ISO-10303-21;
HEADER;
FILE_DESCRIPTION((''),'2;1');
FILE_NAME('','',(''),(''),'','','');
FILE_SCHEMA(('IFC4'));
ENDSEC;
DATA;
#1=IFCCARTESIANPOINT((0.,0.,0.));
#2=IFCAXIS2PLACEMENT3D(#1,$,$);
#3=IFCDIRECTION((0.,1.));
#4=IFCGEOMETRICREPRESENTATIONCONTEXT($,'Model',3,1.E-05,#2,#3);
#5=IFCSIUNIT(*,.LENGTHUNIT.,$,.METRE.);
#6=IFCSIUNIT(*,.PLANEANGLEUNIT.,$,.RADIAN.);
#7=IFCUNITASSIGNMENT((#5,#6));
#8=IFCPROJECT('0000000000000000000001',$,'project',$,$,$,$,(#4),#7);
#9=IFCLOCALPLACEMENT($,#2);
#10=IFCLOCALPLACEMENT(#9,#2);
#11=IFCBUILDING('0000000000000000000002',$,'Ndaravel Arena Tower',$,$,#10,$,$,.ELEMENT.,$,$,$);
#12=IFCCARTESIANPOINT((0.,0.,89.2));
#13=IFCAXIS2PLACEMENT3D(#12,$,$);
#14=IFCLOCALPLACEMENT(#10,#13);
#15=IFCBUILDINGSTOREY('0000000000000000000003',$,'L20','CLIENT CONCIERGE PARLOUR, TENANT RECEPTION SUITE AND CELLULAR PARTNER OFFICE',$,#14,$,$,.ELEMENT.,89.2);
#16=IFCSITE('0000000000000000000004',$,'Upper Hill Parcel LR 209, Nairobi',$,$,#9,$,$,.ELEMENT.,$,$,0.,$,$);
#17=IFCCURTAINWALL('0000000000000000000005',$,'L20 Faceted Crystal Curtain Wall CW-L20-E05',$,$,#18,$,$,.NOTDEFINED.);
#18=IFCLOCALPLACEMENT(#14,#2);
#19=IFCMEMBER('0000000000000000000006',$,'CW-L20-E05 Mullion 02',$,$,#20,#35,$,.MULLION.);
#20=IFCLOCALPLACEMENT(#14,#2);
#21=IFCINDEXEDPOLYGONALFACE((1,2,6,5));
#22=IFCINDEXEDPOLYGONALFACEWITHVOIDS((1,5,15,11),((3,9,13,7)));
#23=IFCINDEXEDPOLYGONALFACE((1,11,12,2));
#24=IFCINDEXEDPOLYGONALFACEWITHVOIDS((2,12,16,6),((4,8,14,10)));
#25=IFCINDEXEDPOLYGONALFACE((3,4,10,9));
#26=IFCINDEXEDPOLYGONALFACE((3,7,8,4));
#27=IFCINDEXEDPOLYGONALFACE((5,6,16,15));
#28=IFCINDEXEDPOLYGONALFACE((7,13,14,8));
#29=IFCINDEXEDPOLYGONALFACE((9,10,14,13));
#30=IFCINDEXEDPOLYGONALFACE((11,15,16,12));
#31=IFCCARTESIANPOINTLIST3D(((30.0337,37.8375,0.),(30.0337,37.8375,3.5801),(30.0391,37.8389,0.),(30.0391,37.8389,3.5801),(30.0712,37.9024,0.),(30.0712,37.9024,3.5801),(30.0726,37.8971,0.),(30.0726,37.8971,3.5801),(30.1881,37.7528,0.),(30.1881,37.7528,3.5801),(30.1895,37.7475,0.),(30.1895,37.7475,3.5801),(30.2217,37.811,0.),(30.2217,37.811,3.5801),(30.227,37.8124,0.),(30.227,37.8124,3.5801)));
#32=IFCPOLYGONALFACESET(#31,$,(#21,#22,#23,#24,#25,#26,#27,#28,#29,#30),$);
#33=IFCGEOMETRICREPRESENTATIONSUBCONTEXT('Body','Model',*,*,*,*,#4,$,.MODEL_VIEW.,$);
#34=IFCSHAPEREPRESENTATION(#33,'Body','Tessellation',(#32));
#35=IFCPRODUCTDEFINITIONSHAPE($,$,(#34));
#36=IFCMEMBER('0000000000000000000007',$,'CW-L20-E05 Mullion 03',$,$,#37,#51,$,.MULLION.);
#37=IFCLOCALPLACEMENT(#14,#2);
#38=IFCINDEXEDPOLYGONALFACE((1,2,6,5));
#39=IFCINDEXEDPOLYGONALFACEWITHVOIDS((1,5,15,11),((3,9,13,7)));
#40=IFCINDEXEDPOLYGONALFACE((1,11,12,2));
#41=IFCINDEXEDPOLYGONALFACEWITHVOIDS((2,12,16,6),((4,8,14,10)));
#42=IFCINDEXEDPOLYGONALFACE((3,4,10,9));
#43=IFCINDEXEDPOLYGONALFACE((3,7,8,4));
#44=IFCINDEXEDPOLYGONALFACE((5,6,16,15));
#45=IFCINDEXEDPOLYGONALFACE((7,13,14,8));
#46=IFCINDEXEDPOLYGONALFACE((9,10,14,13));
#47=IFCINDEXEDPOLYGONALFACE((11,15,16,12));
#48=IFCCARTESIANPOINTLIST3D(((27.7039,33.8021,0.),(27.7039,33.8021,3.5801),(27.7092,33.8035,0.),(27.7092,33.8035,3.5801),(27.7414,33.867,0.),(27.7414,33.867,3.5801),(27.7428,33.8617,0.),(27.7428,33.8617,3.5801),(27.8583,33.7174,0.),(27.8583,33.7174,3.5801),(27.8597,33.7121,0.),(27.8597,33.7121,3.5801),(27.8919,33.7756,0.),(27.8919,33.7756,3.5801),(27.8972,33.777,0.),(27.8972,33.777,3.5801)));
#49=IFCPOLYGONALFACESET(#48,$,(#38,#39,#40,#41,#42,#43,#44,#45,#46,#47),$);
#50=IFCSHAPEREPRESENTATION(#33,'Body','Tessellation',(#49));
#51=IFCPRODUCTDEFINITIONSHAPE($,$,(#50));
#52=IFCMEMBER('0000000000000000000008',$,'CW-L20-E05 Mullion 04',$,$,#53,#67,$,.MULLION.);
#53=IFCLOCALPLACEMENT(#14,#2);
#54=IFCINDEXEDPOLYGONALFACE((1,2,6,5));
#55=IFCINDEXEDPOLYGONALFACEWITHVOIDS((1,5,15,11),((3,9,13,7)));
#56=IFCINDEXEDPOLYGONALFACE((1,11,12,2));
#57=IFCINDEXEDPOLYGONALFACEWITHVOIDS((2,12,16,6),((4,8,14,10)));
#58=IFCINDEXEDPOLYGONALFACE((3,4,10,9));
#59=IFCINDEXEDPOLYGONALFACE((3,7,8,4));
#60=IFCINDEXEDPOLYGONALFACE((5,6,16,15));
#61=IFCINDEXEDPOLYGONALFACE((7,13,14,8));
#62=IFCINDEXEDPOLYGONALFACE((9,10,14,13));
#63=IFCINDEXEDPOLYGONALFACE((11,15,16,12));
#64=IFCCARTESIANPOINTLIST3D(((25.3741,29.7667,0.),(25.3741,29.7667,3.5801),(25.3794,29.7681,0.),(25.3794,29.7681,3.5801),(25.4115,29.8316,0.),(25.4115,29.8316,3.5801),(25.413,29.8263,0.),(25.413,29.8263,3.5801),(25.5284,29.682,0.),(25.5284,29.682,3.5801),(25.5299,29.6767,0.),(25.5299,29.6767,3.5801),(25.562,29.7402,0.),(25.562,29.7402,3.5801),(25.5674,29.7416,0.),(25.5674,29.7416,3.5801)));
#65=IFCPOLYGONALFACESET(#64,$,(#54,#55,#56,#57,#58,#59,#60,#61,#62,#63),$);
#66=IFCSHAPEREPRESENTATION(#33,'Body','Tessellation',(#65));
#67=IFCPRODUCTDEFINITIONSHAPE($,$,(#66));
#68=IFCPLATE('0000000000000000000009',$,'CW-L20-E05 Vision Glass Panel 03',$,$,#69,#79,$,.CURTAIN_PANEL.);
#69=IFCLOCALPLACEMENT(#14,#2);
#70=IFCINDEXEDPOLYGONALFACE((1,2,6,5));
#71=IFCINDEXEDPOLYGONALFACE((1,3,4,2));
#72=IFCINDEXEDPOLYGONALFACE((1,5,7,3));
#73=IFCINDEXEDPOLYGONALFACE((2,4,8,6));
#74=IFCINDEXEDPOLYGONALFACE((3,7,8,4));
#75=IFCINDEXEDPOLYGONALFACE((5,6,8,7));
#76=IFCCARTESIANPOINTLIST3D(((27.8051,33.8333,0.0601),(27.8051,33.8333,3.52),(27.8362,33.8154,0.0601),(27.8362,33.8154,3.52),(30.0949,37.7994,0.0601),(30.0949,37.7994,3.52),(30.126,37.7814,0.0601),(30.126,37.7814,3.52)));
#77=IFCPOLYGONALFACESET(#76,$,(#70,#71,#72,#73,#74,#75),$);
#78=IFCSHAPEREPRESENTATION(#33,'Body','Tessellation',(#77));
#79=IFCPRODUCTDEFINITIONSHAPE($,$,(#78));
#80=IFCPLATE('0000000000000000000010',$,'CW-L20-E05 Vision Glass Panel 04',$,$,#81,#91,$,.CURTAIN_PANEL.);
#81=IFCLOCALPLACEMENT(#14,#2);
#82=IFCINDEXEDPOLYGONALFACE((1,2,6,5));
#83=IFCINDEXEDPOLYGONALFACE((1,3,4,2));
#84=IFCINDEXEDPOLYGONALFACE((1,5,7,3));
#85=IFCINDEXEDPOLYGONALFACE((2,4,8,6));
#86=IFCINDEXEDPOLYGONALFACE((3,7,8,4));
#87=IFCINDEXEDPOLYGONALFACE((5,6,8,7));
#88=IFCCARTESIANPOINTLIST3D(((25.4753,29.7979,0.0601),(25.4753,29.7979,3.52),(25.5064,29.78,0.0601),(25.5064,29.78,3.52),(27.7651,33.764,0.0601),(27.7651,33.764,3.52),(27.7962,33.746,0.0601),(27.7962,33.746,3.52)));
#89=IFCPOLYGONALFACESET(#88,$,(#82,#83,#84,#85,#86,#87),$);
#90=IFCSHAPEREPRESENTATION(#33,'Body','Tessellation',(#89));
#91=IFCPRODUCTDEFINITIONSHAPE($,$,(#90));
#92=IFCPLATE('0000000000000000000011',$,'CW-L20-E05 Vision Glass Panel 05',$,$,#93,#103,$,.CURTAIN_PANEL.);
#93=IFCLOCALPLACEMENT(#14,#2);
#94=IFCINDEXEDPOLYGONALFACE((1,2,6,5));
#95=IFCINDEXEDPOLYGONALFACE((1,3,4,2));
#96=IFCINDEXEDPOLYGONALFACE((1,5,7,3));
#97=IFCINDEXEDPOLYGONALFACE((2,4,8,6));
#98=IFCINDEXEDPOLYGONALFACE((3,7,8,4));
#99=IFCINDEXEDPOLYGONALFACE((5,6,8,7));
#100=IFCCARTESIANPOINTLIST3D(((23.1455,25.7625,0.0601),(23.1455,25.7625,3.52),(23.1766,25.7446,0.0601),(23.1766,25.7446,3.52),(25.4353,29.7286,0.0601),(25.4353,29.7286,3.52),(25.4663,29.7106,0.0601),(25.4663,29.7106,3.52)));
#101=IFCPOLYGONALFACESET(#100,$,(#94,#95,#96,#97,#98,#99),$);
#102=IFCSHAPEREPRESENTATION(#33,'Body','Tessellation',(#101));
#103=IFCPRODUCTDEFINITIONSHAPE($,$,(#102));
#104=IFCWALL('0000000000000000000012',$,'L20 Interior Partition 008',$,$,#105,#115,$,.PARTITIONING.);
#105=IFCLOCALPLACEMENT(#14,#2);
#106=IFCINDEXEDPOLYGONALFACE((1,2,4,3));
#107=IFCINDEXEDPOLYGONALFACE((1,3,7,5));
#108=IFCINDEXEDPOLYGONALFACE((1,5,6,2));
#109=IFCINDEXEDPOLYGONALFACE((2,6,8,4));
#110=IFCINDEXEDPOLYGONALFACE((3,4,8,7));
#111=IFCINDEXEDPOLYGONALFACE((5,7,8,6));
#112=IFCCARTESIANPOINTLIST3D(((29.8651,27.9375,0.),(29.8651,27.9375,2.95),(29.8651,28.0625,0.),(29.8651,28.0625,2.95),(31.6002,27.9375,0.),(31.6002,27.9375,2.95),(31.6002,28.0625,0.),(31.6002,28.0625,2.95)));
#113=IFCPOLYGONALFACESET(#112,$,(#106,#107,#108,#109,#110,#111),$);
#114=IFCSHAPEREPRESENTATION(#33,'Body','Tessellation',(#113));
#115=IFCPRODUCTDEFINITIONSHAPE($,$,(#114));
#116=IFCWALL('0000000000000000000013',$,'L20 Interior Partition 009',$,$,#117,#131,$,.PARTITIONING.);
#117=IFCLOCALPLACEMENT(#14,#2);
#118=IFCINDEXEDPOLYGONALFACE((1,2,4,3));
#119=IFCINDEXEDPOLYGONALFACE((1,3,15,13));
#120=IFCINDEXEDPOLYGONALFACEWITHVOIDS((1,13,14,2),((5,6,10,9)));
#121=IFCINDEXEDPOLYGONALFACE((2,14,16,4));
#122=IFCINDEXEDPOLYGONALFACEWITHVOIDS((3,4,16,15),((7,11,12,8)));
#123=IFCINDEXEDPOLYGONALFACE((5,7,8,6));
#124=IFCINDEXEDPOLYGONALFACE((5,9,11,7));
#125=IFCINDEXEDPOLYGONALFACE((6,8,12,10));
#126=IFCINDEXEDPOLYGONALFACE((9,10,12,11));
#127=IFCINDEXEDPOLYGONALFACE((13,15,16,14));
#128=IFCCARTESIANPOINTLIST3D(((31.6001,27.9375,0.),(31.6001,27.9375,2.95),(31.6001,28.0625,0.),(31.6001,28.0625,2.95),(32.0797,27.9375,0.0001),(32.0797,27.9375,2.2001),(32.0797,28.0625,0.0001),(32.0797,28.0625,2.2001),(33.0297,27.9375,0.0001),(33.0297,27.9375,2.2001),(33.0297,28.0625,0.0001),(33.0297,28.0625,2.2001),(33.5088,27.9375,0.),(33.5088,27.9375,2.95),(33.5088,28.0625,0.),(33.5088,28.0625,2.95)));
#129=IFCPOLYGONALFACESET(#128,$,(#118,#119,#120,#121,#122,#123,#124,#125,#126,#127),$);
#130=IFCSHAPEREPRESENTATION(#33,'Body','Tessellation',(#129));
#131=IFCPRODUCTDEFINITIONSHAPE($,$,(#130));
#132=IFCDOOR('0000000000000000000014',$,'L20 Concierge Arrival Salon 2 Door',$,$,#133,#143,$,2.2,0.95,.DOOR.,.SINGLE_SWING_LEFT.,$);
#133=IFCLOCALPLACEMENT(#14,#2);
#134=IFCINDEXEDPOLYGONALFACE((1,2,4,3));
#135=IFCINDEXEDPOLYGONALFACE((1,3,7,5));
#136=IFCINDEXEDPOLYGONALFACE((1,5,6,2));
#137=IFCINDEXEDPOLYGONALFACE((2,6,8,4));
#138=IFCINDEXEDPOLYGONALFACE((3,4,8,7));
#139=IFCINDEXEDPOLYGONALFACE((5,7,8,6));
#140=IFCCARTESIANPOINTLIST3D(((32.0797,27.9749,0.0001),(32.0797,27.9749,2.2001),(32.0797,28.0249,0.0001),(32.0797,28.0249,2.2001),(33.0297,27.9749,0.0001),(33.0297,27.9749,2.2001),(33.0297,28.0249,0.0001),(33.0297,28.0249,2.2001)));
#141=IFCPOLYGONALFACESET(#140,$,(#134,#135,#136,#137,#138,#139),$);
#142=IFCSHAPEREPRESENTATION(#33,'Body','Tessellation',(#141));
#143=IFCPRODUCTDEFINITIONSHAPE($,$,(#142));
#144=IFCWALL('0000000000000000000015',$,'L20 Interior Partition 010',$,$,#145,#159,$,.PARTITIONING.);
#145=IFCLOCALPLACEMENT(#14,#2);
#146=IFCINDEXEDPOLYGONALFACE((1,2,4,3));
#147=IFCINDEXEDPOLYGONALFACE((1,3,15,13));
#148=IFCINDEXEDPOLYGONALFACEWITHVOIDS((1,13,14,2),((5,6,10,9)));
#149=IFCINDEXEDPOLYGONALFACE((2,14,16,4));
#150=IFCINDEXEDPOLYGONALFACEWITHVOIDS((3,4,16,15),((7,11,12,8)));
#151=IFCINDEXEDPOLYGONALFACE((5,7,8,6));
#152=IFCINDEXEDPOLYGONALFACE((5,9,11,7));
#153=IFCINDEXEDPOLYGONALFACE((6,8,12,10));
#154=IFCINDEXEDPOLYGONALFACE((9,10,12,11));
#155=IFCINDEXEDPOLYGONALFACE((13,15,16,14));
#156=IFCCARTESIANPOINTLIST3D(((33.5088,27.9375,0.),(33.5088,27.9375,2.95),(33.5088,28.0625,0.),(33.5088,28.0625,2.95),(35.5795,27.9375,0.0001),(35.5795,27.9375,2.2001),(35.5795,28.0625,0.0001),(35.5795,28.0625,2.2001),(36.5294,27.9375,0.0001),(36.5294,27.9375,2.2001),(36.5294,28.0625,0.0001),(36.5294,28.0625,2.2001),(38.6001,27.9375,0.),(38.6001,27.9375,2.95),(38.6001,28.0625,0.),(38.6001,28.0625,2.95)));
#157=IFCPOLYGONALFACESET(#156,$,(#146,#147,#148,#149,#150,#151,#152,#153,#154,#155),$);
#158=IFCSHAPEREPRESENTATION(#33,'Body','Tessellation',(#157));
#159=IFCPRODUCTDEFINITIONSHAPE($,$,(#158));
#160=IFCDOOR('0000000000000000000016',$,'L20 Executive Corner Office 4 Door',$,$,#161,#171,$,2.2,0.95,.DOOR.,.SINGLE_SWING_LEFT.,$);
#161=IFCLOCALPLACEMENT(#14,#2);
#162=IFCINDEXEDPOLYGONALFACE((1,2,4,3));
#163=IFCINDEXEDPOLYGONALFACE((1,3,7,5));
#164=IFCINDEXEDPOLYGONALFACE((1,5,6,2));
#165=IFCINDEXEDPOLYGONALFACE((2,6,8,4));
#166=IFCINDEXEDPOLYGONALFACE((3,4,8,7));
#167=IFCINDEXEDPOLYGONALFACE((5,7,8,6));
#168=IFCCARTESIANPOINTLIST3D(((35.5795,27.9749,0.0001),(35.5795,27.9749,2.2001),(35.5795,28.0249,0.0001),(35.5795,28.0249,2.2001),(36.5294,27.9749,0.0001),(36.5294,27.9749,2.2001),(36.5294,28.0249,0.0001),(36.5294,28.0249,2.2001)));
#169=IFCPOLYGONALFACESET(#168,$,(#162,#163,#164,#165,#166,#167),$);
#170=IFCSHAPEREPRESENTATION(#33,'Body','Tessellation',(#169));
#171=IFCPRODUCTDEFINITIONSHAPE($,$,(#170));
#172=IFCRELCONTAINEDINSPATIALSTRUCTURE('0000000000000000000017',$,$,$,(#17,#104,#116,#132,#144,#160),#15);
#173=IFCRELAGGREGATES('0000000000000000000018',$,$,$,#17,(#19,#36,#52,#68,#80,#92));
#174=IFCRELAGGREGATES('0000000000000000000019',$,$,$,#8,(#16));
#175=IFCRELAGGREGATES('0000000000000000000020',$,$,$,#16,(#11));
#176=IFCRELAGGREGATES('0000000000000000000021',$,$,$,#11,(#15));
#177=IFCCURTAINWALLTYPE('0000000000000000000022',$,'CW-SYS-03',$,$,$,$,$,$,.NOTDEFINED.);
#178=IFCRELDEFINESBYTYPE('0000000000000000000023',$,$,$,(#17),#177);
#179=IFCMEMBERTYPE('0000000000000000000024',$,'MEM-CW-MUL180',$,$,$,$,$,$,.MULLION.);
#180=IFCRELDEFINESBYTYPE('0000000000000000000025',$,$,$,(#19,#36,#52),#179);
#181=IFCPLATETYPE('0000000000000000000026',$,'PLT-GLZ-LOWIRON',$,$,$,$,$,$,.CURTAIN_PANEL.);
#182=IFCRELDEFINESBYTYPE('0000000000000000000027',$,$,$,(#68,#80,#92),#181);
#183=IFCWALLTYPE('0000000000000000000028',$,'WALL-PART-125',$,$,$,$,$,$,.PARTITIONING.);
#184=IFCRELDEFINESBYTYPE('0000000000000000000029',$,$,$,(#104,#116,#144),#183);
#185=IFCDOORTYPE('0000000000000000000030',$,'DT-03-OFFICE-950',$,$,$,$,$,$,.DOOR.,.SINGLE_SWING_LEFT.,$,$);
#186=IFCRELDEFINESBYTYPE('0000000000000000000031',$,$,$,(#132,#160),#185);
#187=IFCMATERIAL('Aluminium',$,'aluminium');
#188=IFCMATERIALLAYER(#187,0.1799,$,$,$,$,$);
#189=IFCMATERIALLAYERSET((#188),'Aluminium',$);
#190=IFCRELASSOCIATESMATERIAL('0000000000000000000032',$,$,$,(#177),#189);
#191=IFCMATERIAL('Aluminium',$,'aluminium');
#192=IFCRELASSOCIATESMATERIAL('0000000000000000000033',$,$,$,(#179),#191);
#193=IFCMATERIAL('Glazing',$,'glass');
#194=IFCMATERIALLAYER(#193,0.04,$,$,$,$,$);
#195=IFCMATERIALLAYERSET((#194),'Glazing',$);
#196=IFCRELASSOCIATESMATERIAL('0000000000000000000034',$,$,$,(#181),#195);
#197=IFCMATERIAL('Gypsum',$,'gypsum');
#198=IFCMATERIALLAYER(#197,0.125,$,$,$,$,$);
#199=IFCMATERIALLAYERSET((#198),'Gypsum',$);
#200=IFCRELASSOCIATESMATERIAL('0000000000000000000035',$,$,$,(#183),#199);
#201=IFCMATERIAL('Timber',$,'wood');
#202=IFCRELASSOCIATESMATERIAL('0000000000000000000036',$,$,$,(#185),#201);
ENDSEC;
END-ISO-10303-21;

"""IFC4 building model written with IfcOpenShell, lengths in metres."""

from ifc_helpers import new_model, si_unit, direction, frame, frame_2d, origin, origin_2d, place, context, subcontext, project, spatial, rectangle, hollow_rectangle, extrude, material, layer, layer_set, material_profile, profile_set, type_object, element, fill, aggregate, save


model = new_model("IFC4")

# Units and contexts
model_context = context("Model", 3, precision=1e-05, world=origin(), true_north=direction((0.0, 1.0)))
body_context = subcontext(model_context, "Body", "Model", "MODEL_VIEW")
ifc_project = project(units=[si_unit("LENGTHUNIT", "METRE"), si_unit("PLANEANGLEUNIT", "RADIAN")], contexts=[model_context])

# Site, building, storey
site_placement = place(None, origin())
site = spatial("IfcSite", under=ifc_project, at=site_placement, Name="Upper Hill Parcel LR 209, Nairobi", CompositionType="ELEMENT", RefElevation=0.0)
building_placement = place(site_placement, origin())
building = spatial("IfcBuilding", under=site, at=building_placement, Name="Ndaravel Arena Tower", CompositionType="ELEMENT")
storey_placement = place(building_placement, frame((0.0, 0.0, 89.2)))
storey = spatial("IfcBuildingStorey", under=building, at=storey_placement, Name="L20", Description="CLIENT CONCIERGE PARLOUR, TENANT RECEPTION SUITE AND CELLULAR PARTNER OFFICE", CompositionType="ELEMENT", Elevation=89.2)

# Curtain wall, members, plates
ifc_material_1 = material(Name="Aluminium", Category="aluminium")
ifc_layer_1 = layer(ifc_material_1, 0.1799)
ifc_layer_set_1 = layer_set([ifc_layer_1], Name="Aluminium")
curtain_wall_type = type_object("IfcCurtainWallType", Name="CW-SYS-03", PredefinedType="NOTDEFINED", material=ifc_layer_set_1)
curtain_wall_placement = place(storey_placement, origin())
curtain_wall = element("IfcCurtainWall", 1, at=curtain_wall_placement, inside=storey, type_object=curtain_wall_type, Name="L20 Faceted Crystal Curtain Wall CW-L20-E05", PredefinedType="NOTDEFINED")
ifc_material_2 = material(Name="Aluminium", Category="aluminium")
ifc_material_profile_1 = material_profile(ifc_material_2, hollow_rectangle(XDim=0.075, YDim=0.1799, WallThickness=0.0039, at=origin_2d()), Name="CW MULLION 75x180x4")
ifc_profile_set_1 = profile_set([ifc_material_profile_1], Name="Aluminium")
member_type = type_object("IfcMemberType", Name="MEM-CW-MUL180", PredefinedType="MULLION", material=ifc_profile_set_1)
member_1_placement = place(storey_placement, frame((30.1304, 37.825, 0.0), z_axis=(0.0, 0.0, 1.0), x_axis=(-0.5, -0.866025, 0.0)))
member_1 = element("IfcMember", 2, at=member_1_placement, type_object=member_type, Name="CW-L20-E05 Mullion 02", PredefinedType="MULLION", context=body_context, shape_type="SweptSolid", body=[
    extrude(hollow_rectangle(XDim=0.075, YDim=0.1799, WallThickness=0.0039, at=origin_2d()), origin(), (0.0, 0.0, 1.0), 3.5801),
])
member_2_placement = place(storey_placement, frame((27.8005, 33.7896, 0.0), z_axis=(0.0, 0.0, 1.0), x_axis=(-0.5, -0.866025, 0.0)))
member_2 = element("IfcMember", 3, at=member_2_placement, type_object=member_type, Name="CW-L20-E05 Mullion 03", PredefinedType="MULLION", context=body_context, shape_type="SweptSolid", body=[
    extrude(hollow_rectangle(XDim=0.075, YDim=0.1799, WallThickness=0.0039, at=origin_2d()), origin(), (0.0, 0.0, 1.0), 3.5801),
])
member_3_placement = place(storey_placement, frame((25.4707, 29.7542, 0.0), z_axis=(0.0, 0.0, 1.0), x_axis=(-0.5, -0.866025, 0.0)))
member_3 = element("IfcMember", 4, at=member_3_placement, type_object=member_type, Name="CW-L20-E05 Mullion 04", PredefinedType="MULLION", context=body_context, shape_type="SweptSolid", body=[
    extrude(hollow_rectangle(XDim=0.075, YDim=0.1799, WallThickness=0.0039, at=origin_2d()), origin(), (0.0, 0.0, 1.0), 3.5801),
])
ifc_material_3 = material(Name="Glazing", Category="glass")
ifc_layer_2 = layer(ifc_material_3, 0.04)
ifc_layer_set_2 = layer_set([ifc_layer_2], Name="Glazing")
plate_type = type_object("IfcPlateType", Name="PLT-GLZ-LOWIRON", PredefinedType="CURTAIN_PANEL", material=ifc_layer_set_2)
plate_1_placement = place(storey_placement, frame((28.9656, 35.8074, 0.0601), z_axis=(0.0, 0.0, 1.0), x_axis=(-0.5, -0.866025, 0.0)))
plate_1 = element("IfcPlate", 5, at=plate_1_placement, type_object=plate_type, Name="CW-L20-E05 Vision Glass Panel 03", PredefinedType="CURTAIN_PANEL", context=body_context, shape_type="SweptSolid", body=[
    extrude(rectangle(XDim=4.5796, YDim=0.0359, at=origin_2d()), origin(), (0.0, 0.0, 1.0), 3.46),
])
plate_2_placement = place(storey_placement, frame((26.6357, 31.772, 0.0601), z_axis=(0.0, 0.0, 1.0), x_axis=(-0.5, -0.866025, 0.0)))
plate_2 = element("IfcPlate", 6, at=plate_2_placement, type_object=plate_type, Name="CW-L20-E05 Vision Glass Panel 04", PredefinedType="CURTAIN_PANEL", context=body_context, shape_type="SweptSolid", body=[
    extrude(rectangle(XDim=4.5796, YDim=0.0359, at=origin_2d()), origin(), (0.0, 0.0, 1.0), 3.46),
])
plate_3_placement = place(storey_placement, frame((24.3059, 27.7366, 0.0601), z_axis=(0.0, 0.0, 1.0), x_axis=(-0.5, -0.866025, 0.0)))
plate_3 = element("IfcPlate", 7, at=plate_3_placement, type_object=plate_type, Name="CW-L20-E05 Vision Glass Panel 05", PredefinedType="CURTAIN_PANEL", context=body_context, shape_type="SweptSolid", body=[
    extrude(rectangle(XDim=4.5796, YDim=0.0359, at=origin_2d()), origin(), (0.0, 0.0, 1.0), 3.46),
])
aggregate(curtain_wall, [member_1, member_2, member_3, plate_1, plate_2, plate_3])

# Wall
ifc_material_4 = material(Name="Gypsum", Category="gypsum")
ifc_layer_3 = layer(ifc_material_4, 0.125)
ifc_layer_set_3 = layer_set([ifc_layer_3], Name="Gypsum")
wall_type_1 = type_object("IfcWallType", Name="WALL-PART-125", PredefinedType="PARTITIONING", material=ifc_layer_set_3)
wall_1_placement = place(storey_placement, frame((29.865, 28.0, 0.0), z_axis=(0.0, 0.0, 1.0), x_axis=(1.0, 0.0, 0.0)))
element("IfcWall", 8, at=wall_1_placement, inside=storey, type_object=wall_type_1, Name="L20 Interior Partition 008", PredefinedType="PARTITIONING", context=body_context, shape_type="SweptSolid", body=[
    extrude(rectangle(XDim=1.7351, YDim=0.125, at=frame_2d((0.8677, 0.0))), origin(), (0.0, 0.0, 1.0), 2.95),
])

# Walls, openings, doors
wall_2_placement = place(storey_placement, frame((31.6001, 28.0, 0.0), z_axis=(0.0, 0.0, 1.0), x_axis=(1.0, 0.0, 0.0)))
wall_2 = element("IfcWall", 9, at=wall_2_placement, inside=storey, type_object=wall_type_1, Name="L20 Interior Partition 009", PredefinedType="PARTITIONING", context=body_context, shape_type="SweptSolid", body=[
    extrude(rectangle(XDim=1.9087, YDim=0.125, at=frame_2d((0.9543, 0.0))), origin(), (0.0, 0.0, 1.0), 2.95),
])
opening_1_placement = place(wall_2_placement, frame((0.4795, 0.0, 0.0)))
opening_1 = element("IfcOpeningElement", 10, at=opening_1_placement, cuts=wall_2, PredefinedType="OPENING", context=body_context, shape_type="SweptSolid", body=[
    extrude(rectangle(XDim=0.95, YDim=2.2, at=frame_2d((0.4751, 1.1001))), frame((0.0, 0.0625, 0.0), z_axis=(0.0, -1.0, 0.0), x_axis=(1.0, 0.0, 0.0)), (0.0, 0.0, 1.0), 0.125),
])
ifc_material_5 = material(Name="Timber", Category="wood")
door_type = type_object("IfcDoorType", Name="DT-03-OFFICE-950", OperationType="SINGLE_SWING_LEFT", PredefinedType="DOOR", material=ifc_material_5)
door_1_placement = place(opening_1_placement, origin())
door_1 = element("IfcDoor", 11, at=door_1_placement, inside=storey, type_object=door_type, Name="L20 Concierge Arrival Salon 2 Door", OperationType="SINGLE_SWING_LEFT", OverallHeight=2.2, OverallWidth=0.95, PredefinedType="DOOR", context=body_context, shape_type="SweptSolid", body=[
    extrude(rectangle(XDim=0.95, YDim=2.2, at=frame_2d((0.4751, 1.1001))), frame((0.0, 0.0249, 0.0), z_axis=(0.0, -1.0, 0.0), x_axis=(1.0, 0.0, 0.0)), (0.0, 0.0, 1.0), 0.05),
])
fill(opening_1, door_1)
wall_3_placement = place(storey_placement, frame((33.5088, 28.0, 0.0), z_axis=(0.0, 0.0, 1.0), x_axis=(1.0, 0.0, 0.0)))
wall_3 = element("IfcWall", 12, at=wall_3_placement, inside=storey, type_object=wall_type_1, Name="L20 Interior Partition 010", PredefinedType="PARTITIONING", context=body_context, shape_type="SweptSolid", body=[
    extrude(rectangle(XDim=5.0913, YDim=0.125, at=frame_2d((2.5457, 0.0))), origin(), (0.0, 0.0, 1.0), 2.95),
])
opening_2_placement = place(wall_3_placement, frame((2.0706, 0.0, 0.0)))
opening_2 = element("IfcOpeningElement", 13, at=opening_2_placement, cuts=wall_3, PredefinedType="OPENING", context=body_context, shape_type="SweptSolid", body=[
    extrude(rectangle(XDim=0.95, YDim=2.2, at=frame_2d((0.4751, 1.1001))), frame((0.0, 0.0625, 0.0), z_axis=(0.0, -1.0, 0.0), x_axis=(1.0, 0.0, 0.0)), (0.0, 0.0, 1.0), 0.125),
])
door_2_placement = place(opening_2_placement, origin())
door_2 = element("IfcDoor", 14, at=door_2_placement, inside=storey, type_object=door_type, Name="L20 Executive Corner Office 4 Door", OperationType="SINGLE_SWING_LEFT", OverallHeight=2.2, OverallWidth=0.95, PredefinedType="DOOR", context=body_context, shape_type="SweptSolid", body=[
    extrude(rectangle(XDim=0.95, YDim=2.2, at=frame_2d((0.4751, 1.1001))), frame((0.0, 0.0249, 0.0), z_axis=(0.0, -1.0, 0.0), x_axis=(1.0, 0.0, 0.0)), (0.0, 0.0, 1.0), 0.05),
])
fill(opening_2, door_2)

save(model, "model.ifc")
